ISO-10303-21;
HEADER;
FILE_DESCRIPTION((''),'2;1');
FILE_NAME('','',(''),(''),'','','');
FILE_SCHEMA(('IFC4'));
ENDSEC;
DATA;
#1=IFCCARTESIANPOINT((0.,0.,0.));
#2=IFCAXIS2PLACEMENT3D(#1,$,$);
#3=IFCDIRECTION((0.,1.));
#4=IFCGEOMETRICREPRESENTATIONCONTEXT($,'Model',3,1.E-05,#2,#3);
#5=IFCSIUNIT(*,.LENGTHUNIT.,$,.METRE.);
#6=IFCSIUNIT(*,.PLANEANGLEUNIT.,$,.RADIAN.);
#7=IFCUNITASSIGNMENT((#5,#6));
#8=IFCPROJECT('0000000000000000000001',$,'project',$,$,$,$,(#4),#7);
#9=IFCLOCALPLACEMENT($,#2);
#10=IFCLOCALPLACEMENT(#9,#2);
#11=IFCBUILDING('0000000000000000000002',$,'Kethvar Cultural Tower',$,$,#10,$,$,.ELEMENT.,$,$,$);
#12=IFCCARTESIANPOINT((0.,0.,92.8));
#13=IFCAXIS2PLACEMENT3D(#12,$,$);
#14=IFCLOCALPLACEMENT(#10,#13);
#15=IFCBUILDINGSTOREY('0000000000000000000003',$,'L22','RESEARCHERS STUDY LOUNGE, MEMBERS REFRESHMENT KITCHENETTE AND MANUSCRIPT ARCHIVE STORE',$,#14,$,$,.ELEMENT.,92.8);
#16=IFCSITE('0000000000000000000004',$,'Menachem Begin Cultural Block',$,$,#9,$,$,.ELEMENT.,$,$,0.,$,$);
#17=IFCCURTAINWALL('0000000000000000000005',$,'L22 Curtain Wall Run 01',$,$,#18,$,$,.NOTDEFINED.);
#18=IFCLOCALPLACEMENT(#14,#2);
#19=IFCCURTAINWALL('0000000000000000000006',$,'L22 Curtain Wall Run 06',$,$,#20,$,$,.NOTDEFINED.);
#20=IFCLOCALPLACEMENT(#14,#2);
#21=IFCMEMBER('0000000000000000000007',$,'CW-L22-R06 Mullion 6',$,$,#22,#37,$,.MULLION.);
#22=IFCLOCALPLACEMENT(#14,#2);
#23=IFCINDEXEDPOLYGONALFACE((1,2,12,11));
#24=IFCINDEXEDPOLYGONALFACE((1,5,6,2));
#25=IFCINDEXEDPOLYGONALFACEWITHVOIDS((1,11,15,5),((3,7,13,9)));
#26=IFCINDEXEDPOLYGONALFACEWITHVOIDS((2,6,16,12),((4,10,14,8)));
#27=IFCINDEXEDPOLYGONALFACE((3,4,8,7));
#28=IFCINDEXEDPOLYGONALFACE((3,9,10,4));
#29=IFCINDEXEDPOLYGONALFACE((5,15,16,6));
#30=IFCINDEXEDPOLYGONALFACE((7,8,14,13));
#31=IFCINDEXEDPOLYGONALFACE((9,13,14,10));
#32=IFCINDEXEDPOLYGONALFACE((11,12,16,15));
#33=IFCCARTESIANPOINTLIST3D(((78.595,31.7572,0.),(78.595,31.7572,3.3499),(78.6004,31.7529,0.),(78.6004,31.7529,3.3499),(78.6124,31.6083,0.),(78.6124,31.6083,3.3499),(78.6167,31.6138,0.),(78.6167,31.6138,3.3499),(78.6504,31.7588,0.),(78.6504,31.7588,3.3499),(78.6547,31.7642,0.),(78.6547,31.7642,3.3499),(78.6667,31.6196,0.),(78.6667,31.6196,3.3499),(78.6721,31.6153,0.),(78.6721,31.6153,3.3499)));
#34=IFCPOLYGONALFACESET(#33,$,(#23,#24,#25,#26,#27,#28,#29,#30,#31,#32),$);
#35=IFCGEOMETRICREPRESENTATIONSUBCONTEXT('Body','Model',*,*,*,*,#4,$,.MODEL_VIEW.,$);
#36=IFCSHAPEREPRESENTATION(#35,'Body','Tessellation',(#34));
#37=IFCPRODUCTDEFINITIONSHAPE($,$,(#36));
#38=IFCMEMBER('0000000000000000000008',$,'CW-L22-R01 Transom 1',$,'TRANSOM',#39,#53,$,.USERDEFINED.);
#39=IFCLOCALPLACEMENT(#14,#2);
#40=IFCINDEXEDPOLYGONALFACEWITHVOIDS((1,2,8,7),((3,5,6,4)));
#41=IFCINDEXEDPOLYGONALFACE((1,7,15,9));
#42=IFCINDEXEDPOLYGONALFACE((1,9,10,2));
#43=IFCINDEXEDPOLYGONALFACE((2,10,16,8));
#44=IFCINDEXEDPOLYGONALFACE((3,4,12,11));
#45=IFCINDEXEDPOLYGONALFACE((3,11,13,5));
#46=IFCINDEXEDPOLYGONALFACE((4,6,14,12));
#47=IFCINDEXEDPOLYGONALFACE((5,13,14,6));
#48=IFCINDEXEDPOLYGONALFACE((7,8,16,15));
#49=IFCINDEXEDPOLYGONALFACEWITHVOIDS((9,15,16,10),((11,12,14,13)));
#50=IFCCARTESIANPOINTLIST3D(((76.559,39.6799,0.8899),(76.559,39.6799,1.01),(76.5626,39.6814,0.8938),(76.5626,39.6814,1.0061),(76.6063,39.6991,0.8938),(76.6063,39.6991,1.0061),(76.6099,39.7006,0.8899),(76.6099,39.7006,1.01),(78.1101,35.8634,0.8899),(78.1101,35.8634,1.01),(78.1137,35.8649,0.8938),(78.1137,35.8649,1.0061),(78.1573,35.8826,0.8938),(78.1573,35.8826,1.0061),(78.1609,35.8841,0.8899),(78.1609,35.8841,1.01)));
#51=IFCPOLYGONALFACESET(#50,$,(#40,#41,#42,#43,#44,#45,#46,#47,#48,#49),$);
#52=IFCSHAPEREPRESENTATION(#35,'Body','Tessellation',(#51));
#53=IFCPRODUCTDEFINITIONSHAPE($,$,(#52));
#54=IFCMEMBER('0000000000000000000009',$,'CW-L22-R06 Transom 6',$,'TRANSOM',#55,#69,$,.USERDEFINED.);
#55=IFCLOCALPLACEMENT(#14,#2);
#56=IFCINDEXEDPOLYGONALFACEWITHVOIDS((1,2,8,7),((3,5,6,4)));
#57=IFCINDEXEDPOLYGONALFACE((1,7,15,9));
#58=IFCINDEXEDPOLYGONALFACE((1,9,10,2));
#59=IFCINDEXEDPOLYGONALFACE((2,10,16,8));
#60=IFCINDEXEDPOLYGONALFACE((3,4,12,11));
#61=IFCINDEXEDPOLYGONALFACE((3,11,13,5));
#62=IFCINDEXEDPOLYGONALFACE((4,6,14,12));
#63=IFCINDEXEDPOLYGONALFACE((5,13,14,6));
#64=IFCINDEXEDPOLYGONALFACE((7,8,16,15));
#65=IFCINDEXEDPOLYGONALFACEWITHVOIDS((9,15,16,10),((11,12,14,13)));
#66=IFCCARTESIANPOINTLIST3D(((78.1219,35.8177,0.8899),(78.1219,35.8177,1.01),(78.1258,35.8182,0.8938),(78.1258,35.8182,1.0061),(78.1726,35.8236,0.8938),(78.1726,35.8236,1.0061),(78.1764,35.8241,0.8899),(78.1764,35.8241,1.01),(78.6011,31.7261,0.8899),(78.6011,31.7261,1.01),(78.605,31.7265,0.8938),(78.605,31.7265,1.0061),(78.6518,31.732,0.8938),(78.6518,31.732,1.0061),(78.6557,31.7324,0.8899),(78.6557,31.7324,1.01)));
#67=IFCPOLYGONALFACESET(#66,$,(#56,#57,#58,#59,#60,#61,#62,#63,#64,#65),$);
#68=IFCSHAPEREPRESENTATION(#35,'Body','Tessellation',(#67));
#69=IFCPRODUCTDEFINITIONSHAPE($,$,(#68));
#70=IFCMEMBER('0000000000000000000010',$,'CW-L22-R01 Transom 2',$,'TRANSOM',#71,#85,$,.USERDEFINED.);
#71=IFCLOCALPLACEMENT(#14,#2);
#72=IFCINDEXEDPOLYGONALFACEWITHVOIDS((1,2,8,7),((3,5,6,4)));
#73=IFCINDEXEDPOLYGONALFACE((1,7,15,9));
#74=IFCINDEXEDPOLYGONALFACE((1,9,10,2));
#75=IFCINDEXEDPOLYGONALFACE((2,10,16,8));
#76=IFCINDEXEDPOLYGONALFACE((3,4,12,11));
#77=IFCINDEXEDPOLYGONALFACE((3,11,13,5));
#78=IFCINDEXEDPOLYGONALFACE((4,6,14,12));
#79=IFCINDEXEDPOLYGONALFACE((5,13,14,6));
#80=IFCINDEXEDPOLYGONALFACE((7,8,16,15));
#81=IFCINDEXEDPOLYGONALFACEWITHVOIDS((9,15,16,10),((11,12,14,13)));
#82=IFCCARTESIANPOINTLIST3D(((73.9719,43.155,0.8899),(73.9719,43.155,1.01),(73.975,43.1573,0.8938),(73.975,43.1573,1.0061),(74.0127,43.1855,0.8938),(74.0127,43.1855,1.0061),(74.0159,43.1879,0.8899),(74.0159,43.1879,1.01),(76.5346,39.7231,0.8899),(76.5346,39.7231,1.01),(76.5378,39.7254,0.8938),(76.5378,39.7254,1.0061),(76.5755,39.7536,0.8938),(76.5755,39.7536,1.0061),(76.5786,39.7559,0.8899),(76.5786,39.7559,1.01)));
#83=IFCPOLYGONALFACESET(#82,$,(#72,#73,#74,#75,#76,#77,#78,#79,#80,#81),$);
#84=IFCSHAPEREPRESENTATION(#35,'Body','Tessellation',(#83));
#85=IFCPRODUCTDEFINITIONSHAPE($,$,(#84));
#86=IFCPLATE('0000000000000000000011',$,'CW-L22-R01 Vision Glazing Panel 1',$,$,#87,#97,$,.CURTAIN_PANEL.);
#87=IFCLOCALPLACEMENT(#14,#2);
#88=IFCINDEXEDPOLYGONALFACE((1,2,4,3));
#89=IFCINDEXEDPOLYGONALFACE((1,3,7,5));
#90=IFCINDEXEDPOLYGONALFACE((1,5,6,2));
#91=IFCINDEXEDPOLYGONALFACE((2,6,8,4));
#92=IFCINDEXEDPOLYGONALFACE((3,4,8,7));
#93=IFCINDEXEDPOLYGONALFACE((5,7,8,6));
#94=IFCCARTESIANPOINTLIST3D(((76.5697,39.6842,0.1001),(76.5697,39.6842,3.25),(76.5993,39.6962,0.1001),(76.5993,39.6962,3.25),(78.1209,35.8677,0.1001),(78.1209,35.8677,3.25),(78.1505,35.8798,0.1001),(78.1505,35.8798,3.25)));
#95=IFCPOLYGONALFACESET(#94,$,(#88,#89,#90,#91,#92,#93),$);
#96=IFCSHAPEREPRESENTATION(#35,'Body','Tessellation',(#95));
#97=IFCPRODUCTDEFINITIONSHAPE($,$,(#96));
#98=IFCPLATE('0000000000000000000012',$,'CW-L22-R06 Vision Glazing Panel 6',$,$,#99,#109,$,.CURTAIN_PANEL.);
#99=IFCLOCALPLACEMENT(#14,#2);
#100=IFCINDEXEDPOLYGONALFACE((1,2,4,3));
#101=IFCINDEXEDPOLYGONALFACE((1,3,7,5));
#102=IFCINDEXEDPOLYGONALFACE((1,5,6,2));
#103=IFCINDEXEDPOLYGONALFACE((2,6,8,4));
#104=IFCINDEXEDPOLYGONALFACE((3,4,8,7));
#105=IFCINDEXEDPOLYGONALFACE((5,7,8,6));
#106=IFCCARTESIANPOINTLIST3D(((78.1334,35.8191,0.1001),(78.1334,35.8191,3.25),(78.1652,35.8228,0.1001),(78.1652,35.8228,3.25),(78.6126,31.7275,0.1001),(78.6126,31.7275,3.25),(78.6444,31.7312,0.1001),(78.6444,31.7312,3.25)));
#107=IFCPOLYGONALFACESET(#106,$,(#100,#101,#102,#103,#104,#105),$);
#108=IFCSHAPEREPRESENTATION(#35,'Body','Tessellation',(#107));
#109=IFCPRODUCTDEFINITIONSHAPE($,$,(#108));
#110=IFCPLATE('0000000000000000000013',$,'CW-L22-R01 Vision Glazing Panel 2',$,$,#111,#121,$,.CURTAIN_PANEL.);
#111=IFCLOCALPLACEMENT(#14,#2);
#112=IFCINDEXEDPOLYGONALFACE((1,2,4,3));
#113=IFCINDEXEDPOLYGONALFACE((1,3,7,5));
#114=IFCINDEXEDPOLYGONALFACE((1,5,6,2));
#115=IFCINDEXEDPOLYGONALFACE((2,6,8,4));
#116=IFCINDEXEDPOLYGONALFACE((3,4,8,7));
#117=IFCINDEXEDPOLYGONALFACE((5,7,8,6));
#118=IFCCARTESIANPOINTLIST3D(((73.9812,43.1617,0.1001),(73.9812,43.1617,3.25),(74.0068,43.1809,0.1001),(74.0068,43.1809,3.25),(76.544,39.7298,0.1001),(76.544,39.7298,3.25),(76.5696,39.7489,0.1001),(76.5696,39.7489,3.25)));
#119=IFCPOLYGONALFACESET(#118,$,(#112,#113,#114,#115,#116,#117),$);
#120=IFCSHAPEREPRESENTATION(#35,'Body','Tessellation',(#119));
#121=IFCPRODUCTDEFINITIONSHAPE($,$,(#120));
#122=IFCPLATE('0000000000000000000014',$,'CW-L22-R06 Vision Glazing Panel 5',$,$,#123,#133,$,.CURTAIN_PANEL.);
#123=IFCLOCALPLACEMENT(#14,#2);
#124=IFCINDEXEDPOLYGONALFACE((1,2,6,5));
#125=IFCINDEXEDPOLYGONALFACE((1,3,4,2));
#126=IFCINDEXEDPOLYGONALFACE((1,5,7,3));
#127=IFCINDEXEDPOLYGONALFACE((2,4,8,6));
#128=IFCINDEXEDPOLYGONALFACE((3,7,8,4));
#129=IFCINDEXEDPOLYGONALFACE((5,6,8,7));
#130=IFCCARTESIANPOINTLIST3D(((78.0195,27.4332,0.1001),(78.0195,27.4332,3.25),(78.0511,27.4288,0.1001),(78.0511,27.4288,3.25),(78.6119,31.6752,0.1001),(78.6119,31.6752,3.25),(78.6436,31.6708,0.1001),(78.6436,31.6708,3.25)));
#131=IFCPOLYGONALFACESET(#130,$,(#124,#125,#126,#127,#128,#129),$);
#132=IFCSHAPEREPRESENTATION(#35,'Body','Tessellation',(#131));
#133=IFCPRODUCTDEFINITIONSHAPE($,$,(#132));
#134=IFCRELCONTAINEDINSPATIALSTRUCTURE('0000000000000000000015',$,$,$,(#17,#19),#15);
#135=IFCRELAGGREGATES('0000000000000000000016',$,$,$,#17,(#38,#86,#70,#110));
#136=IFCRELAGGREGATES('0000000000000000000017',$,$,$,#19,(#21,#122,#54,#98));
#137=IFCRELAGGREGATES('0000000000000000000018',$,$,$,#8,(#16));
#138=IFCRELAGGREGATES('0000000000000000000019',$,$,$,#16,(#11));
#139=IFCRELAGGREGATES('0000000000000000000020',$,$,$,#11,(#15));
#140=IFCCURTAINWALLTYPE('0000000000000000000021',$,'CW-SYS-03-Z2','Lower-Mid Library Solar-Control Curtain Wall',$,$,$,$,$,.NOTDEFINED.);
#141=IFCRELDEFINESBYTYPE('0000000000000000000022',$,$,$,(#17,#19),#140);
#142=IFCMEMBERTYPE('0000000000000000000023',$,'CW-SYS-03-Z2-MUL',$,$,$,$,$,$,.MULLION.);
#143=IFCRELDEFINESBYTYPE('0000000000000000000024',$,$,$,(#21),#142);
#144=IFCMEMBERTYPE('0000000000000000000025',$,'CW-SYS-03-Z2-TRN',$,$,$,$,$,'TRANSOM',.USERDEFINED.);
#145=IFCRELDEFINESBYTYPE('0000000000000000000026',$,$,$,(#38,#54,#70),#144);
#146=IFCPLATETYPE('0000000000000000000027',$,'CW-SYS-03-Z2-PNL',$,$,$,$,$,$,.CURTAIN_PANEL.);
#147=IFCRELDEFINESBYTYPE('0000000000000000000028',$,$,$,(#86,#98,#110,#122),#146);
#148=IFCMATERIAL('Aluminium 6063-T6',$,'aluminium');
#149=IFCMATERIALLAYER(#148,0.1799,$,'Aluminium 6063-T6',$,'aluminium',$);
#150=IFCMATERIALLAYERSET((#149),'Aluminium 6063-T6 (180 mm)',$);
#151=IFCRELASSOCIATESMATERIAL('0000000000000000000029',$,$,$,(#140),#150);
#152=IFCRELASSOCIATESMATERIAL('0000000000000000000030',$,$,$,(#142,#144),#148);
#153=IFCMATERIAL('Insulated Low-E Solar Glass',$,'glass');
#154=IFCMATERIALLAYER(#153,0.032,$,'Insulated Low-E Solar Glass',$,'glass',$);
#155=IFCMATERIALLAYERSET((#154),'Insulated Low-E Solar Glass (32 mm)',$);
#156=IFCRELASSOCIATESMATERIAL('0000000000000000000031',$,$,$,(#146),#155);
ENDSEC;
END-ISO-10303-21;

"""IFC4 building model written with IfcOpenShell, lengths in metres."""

from ifc_helpers import new_model, si_unit, direction, frame, origin, origin_2d, place, context, subcontext, project, spatial, rectangle, hollow_rectangle, extrude, source, transform, mapped, material, layer, layer_set, material_profile, profile_set, type_object, element, aggregate, save


model = new_model("IFC4")

# Units and contexts
model_context = context("Model", 3, precision=1e-05, world=origin(), true_north=direction((0.0, 1.0)))
body_context = subcontext(model_context, "Body", "Model", "MODEL_VIEW")
ifc_project = project(units=[si_unit("LENGTHUNIT", "METRE"), si_unit("PLANEANGLEUNIT", "RADIAN")], contexts=[model_context])

# Site, building, storey
site_placement = place(None, origin())
site = spatial("IfcSite", under=ifc_project, at=site_placement, Name="Menachem Begin Cultural Block", CompositionType="ELEMENT", RefElevation=0.0)
building_placement = place(site_placement, origin())
building = spatial("IfcBuilding", under=site, at=building_placement, Name="Kethvar Cultural Tower", CompositionType="ELEMENT")
storey_placement = place(building_placement, frame((0.0, 0.0, 92.8)))
storey = spatial("IfcBuildingStorey", under=building, at=storey_placement, Name="L22", Description="RESEARCHERS STUDY LOUNGE, MEMBERS REFRESHMENT KITCHENETTE AND MANUSCRIPT ARCHIVE STORE", CompositionType="ELEMENT", Elevation=92.8)

# Curtain wall
ifc_material_1 = material(Name="Aluminium 6063-T6", Category="aluminium")
ifc_layer_1 = layer(ifc_material_1, 0.1799, Name="Aluminium 6063-T6", Category="aluminium")
ifc_layer_set_1 = layer_set([ifc_layer_1], Name="Aluminium 6063-T6 (180 mm)")
curtain_wall_type = type_object("IfcCurtainWallType", Name="CW-SYS-03-Z2", Description="Lower-Mid Library Solar-Control Curtain Wall", PredefinedType="NOTDEFINED", material=ifc_layer_set_1)
curtain_wall_1_placement = place(storey_placement, origin())
curtain_wall_1 = element("IfcCurtainWall", 1, at=curtain_wall_1_placement, inside=storey, type_object=curtain_wall_type, Name="L22 Curtain Wall Run 01", PredefinedType="NOTDEFINED")
ifc_material_profile_1 = material_profile(ifc_material_1, hollow_rectangle(XDim=0.0601, YDim=0.1499, WallThickness=0.0049, at=origin_2d()), Name="Aluminium 6063-T6 — RHS150x60x5")
ifc_profile_set_1 = profile_set([ifc_material_profile_1], Name="Aluminium 6063-T6 — RHS150x60x5")
member_type_1 = type_object("IfcMemberType", Name="CW-SYS-03-Z2-MUL", PredefinedType="MULLION", material=ifc_profile_set_1)
shared_shape_1 = source(origin(), body_context, "Body", "SweptSolid", [
    extrude(hollow_rectangle(XDim=0.0601, YDim=0.1499, WallThickness=0.0049, at=origin_2d()), origin(), (0.0, 0.0, 1.0), 3.3499),
])

# Curtain wall, member
curtain_wall_2_placement = place(storey_placement, origin())
curtain_wall_2 = element("IfcCurtainWall", 2, at=curtain_wall_2_placement, inside=storey, type_object=curtain_wall_type, Name="L22 Curtain Wall Run 06", PredefinedType="NOTDEFINED")
member_1_placement = place(storey_placement, frame((78.6335, 31.6863, 0.0), z_axis=(0.0, 0.0, 1.0), x_axis=(-0.993211, -0.116324, 0.0)))
member_1 = element("IfcMember", 3, at=member_1_placement, type_object=member_type_1, Name="CW-L22-R06 Mullion 6", PredefinedType="MULLION", context=body_context, shape_type="MappedRepresentation", body=[
    mapped(shared_shape_1, transform((0.0, 0.0, 0.0), scale=1.0)),
])

# Members
ifc_material_profile_2 = material_profile(ifc_material_1, hollow_rectangle(XDim=0.0549, YDim=0.1201, WallThickness=0.0039, at=origin_2d()), Name="Aluminium 6063-T6 — RHS120x55x4")
ifc_profile_set_2 = profile_set([ifc_material_profile_2], Name="Aluminium 6063-T6 — RHS120x55x4")
member_type_2 = type_object("IfcMemberType", Name="CW-SYS-03-Z2-TRN", ElementType="TRANSOM", PredefinedType="USERDEFINED", material=ifc_profile_set_2)
shared_shape_2 = source(origin(), body_context, "Body", "SweptSolid", [
    extrude(hollow_rectangle(XDim=0.0549, YDim=0.1201, WallThickness=0.0039, at=origin_2d()), origin(), (0.0, 0.0, 1.0), 4.1196),
])
member_2_placement = place(storey_placement, frame((78.1355, 35.8738, 0.95), z_axis=(-0.376504, 0.926415, 0.0), x_axis=(-0.926415, -0.376504, 0.0)))
member_2 = element("IfcMember", 4, at=member_2_placement, type_object=member_type_2, Name="CW-L22-R01 Transom 1", ObjectType="TRANSOM", PredefinedType="USERDEFINED", context=body_context, shape_type="MappedRepresentation", body=[
    mapped(shared_shape_2, transform((0.0, 0.0, 0.0), scale=1.0)),
])
member_3_placement = place(storey_placement, frame((78.6284, 31.7292, 0.95), z_axis=(-0.116336, 0.99321, 0.0), x_axis=(-0.99321, -0.116336, 0.0)))
member_3 = element("IfcMember", 5, at=member_3_placement, type_object=member_type_2, Name="CW-L22-R06 Transom 6", ObjectType="TRANSOM", PredefinedType="USERDEFINED", context=body_context, shape_type="MappedRepresentation", body=[
    mapped(shared_shape_2, transform((0.0, 0.0, 0.0), scale=1.0)),
])
shared_shape_3 = source(origin(), body_context, "Body", "SweptSolid", [
    extrude(hollow_rectangle(XDim=0.0549, YDim=0.1201, WallThickness=0.0039, at=origin_2d()), origin(), (0.0, 0.0, 1.0), 4.2832),
])
member_4_placement = place(storey_placement, frame((76.5566, 39.7395, 0.95), z_axis=(-0.59833, 0.80125, 0.0), x_axis=(-0.80125, -0.59833, 0.0)))
member_4 = element("IfcMember", 6, at=member_4_placement, type_object=member_type_2, Name="CW-L22-R01 Transom 2", ObjectType="TRANSOM", PredefinedType="USERDEFINED", context=body_context, shape_type="MappedRepresentation", body=[
    mapped(shared_shape_3, transform((0.0, 0.0, 0.0), scale=1.0)),
])

# Plates
ifc_material_2 = material(Name="Insulated Low-E Solar Glass", Category="glass")
ifc_layer_2 = layer(ifc_material_2, 0.032, Name="Insulated Low-E Solar Glass", Category="glass")
ifc_layer_set_2 = layer_set([ifc_layer_2], Name="Insulated Low-E Solar Glass (32 mm)")
plate_type = type_object("IfcPlateType", Name="CW-SYS-03-Z2-PNL", PredefinedType="CURTAIN_PANEL", material=ifc_layer_set_2)
shared_shape_4 = source(origin(), body_context, "Body", "SweptSolid", [
    extrude(rectangle(XDim=4.1196, YDim=0.032, at=origin_2d()), origin(), (0.0, 0.0, 1.0), 3.1499),
])
plate_1_placement = place(storey_placement, frame((77.3601, 37.782, 0.1001), z_axis=(0.0, 0.0, 1.0), x_axis=(-0.376531, 0.926404, 0.0)))
plate_1 = element("IfcPlate", 7, at=plate_1_placement, type_object=plate_type, Name="CW-L22-R01 Vision Glazing Panel 1", PredefinedType="CURTAIN_PANEL", context=body_context, shape_type="MappedRepresentation", body=[
    mapped(shared_shape_4, transform((0.0, 0.0, 0.0), scale=1.0)),
])
plate_2_placement = place(storey_placement, frame((78.3889, 33.7751, 0.1001), z_axis=(0.0, 0.0, 1.0), x_axis=(-0.116324, 0.993211, 0.0)))
plate_2 = element("IfcPlate", 8, at=plate_2_placement, type_object=plate_type, Name="CW-L22-R06 Vision Glazing Panel 6", PredefinedType="CURTAIN_PANEL", context=body_context, shape_type="MappedRepresentation", body=[
    mapped(shared_shape_4, transform((0.0, 0.0, 0.0), scale=1.0)),
])
shared_shape_5 = source(origin(), body_context, "Body", "SweptSolid", [
    extrude(rectangle(XDim=4.2832, YDim=0.032, at=origin_2d()), origin(), (0.0, 0.0, 1.0), 3.1499),
])
plate_3_placement = place(storey_placement, frame((75.2754, 41.4553, 0.1001), z_axis=(0.0, 0.0, 1.0), x_axis=(-0.598325, 0.801254, 0.0)))
plate_3 = element("IfcPlate", 9, at=plate_3_placement, type_object=plate_type, Name="CW-L22-R01 Vision Glazing Panel 2", PredefinedType="CURTAIN_PANEL", context=body_context, shape_type="MappedRepresentation", body=[
    mapped(shared_shape_5, transform((0.0, 0.0, 0.0), scale=1.0)),
])
aggregate(curtain_wall_1, [member_2, plate_1, member_4, plate_3])
plate_4_placement = place(storey_placement, frame((78.3315, 29.552, 0.1001), z_axis=(0.0, 0.0, 1.0), x_axis=(0.138326, 0.990387, 0.0)))
plate_4 = element("IfcPlate", 10, at=plate_4_placement, type_object=plate_type, Name="CW-L22-R06 Vision Glazing Panel 5", PredefinedType="CURTAIN_PANEL", context=body_context, shape_type="MappedRepresentation", body=[
    mapped(shared_shape_5, transform((0.0, 0.0, 0.0), scale=1.0)),
])
aggregate(curtain_wall_2, [member_1, plate_4, member_3, plate_2])

save(model, "model.ifc")
